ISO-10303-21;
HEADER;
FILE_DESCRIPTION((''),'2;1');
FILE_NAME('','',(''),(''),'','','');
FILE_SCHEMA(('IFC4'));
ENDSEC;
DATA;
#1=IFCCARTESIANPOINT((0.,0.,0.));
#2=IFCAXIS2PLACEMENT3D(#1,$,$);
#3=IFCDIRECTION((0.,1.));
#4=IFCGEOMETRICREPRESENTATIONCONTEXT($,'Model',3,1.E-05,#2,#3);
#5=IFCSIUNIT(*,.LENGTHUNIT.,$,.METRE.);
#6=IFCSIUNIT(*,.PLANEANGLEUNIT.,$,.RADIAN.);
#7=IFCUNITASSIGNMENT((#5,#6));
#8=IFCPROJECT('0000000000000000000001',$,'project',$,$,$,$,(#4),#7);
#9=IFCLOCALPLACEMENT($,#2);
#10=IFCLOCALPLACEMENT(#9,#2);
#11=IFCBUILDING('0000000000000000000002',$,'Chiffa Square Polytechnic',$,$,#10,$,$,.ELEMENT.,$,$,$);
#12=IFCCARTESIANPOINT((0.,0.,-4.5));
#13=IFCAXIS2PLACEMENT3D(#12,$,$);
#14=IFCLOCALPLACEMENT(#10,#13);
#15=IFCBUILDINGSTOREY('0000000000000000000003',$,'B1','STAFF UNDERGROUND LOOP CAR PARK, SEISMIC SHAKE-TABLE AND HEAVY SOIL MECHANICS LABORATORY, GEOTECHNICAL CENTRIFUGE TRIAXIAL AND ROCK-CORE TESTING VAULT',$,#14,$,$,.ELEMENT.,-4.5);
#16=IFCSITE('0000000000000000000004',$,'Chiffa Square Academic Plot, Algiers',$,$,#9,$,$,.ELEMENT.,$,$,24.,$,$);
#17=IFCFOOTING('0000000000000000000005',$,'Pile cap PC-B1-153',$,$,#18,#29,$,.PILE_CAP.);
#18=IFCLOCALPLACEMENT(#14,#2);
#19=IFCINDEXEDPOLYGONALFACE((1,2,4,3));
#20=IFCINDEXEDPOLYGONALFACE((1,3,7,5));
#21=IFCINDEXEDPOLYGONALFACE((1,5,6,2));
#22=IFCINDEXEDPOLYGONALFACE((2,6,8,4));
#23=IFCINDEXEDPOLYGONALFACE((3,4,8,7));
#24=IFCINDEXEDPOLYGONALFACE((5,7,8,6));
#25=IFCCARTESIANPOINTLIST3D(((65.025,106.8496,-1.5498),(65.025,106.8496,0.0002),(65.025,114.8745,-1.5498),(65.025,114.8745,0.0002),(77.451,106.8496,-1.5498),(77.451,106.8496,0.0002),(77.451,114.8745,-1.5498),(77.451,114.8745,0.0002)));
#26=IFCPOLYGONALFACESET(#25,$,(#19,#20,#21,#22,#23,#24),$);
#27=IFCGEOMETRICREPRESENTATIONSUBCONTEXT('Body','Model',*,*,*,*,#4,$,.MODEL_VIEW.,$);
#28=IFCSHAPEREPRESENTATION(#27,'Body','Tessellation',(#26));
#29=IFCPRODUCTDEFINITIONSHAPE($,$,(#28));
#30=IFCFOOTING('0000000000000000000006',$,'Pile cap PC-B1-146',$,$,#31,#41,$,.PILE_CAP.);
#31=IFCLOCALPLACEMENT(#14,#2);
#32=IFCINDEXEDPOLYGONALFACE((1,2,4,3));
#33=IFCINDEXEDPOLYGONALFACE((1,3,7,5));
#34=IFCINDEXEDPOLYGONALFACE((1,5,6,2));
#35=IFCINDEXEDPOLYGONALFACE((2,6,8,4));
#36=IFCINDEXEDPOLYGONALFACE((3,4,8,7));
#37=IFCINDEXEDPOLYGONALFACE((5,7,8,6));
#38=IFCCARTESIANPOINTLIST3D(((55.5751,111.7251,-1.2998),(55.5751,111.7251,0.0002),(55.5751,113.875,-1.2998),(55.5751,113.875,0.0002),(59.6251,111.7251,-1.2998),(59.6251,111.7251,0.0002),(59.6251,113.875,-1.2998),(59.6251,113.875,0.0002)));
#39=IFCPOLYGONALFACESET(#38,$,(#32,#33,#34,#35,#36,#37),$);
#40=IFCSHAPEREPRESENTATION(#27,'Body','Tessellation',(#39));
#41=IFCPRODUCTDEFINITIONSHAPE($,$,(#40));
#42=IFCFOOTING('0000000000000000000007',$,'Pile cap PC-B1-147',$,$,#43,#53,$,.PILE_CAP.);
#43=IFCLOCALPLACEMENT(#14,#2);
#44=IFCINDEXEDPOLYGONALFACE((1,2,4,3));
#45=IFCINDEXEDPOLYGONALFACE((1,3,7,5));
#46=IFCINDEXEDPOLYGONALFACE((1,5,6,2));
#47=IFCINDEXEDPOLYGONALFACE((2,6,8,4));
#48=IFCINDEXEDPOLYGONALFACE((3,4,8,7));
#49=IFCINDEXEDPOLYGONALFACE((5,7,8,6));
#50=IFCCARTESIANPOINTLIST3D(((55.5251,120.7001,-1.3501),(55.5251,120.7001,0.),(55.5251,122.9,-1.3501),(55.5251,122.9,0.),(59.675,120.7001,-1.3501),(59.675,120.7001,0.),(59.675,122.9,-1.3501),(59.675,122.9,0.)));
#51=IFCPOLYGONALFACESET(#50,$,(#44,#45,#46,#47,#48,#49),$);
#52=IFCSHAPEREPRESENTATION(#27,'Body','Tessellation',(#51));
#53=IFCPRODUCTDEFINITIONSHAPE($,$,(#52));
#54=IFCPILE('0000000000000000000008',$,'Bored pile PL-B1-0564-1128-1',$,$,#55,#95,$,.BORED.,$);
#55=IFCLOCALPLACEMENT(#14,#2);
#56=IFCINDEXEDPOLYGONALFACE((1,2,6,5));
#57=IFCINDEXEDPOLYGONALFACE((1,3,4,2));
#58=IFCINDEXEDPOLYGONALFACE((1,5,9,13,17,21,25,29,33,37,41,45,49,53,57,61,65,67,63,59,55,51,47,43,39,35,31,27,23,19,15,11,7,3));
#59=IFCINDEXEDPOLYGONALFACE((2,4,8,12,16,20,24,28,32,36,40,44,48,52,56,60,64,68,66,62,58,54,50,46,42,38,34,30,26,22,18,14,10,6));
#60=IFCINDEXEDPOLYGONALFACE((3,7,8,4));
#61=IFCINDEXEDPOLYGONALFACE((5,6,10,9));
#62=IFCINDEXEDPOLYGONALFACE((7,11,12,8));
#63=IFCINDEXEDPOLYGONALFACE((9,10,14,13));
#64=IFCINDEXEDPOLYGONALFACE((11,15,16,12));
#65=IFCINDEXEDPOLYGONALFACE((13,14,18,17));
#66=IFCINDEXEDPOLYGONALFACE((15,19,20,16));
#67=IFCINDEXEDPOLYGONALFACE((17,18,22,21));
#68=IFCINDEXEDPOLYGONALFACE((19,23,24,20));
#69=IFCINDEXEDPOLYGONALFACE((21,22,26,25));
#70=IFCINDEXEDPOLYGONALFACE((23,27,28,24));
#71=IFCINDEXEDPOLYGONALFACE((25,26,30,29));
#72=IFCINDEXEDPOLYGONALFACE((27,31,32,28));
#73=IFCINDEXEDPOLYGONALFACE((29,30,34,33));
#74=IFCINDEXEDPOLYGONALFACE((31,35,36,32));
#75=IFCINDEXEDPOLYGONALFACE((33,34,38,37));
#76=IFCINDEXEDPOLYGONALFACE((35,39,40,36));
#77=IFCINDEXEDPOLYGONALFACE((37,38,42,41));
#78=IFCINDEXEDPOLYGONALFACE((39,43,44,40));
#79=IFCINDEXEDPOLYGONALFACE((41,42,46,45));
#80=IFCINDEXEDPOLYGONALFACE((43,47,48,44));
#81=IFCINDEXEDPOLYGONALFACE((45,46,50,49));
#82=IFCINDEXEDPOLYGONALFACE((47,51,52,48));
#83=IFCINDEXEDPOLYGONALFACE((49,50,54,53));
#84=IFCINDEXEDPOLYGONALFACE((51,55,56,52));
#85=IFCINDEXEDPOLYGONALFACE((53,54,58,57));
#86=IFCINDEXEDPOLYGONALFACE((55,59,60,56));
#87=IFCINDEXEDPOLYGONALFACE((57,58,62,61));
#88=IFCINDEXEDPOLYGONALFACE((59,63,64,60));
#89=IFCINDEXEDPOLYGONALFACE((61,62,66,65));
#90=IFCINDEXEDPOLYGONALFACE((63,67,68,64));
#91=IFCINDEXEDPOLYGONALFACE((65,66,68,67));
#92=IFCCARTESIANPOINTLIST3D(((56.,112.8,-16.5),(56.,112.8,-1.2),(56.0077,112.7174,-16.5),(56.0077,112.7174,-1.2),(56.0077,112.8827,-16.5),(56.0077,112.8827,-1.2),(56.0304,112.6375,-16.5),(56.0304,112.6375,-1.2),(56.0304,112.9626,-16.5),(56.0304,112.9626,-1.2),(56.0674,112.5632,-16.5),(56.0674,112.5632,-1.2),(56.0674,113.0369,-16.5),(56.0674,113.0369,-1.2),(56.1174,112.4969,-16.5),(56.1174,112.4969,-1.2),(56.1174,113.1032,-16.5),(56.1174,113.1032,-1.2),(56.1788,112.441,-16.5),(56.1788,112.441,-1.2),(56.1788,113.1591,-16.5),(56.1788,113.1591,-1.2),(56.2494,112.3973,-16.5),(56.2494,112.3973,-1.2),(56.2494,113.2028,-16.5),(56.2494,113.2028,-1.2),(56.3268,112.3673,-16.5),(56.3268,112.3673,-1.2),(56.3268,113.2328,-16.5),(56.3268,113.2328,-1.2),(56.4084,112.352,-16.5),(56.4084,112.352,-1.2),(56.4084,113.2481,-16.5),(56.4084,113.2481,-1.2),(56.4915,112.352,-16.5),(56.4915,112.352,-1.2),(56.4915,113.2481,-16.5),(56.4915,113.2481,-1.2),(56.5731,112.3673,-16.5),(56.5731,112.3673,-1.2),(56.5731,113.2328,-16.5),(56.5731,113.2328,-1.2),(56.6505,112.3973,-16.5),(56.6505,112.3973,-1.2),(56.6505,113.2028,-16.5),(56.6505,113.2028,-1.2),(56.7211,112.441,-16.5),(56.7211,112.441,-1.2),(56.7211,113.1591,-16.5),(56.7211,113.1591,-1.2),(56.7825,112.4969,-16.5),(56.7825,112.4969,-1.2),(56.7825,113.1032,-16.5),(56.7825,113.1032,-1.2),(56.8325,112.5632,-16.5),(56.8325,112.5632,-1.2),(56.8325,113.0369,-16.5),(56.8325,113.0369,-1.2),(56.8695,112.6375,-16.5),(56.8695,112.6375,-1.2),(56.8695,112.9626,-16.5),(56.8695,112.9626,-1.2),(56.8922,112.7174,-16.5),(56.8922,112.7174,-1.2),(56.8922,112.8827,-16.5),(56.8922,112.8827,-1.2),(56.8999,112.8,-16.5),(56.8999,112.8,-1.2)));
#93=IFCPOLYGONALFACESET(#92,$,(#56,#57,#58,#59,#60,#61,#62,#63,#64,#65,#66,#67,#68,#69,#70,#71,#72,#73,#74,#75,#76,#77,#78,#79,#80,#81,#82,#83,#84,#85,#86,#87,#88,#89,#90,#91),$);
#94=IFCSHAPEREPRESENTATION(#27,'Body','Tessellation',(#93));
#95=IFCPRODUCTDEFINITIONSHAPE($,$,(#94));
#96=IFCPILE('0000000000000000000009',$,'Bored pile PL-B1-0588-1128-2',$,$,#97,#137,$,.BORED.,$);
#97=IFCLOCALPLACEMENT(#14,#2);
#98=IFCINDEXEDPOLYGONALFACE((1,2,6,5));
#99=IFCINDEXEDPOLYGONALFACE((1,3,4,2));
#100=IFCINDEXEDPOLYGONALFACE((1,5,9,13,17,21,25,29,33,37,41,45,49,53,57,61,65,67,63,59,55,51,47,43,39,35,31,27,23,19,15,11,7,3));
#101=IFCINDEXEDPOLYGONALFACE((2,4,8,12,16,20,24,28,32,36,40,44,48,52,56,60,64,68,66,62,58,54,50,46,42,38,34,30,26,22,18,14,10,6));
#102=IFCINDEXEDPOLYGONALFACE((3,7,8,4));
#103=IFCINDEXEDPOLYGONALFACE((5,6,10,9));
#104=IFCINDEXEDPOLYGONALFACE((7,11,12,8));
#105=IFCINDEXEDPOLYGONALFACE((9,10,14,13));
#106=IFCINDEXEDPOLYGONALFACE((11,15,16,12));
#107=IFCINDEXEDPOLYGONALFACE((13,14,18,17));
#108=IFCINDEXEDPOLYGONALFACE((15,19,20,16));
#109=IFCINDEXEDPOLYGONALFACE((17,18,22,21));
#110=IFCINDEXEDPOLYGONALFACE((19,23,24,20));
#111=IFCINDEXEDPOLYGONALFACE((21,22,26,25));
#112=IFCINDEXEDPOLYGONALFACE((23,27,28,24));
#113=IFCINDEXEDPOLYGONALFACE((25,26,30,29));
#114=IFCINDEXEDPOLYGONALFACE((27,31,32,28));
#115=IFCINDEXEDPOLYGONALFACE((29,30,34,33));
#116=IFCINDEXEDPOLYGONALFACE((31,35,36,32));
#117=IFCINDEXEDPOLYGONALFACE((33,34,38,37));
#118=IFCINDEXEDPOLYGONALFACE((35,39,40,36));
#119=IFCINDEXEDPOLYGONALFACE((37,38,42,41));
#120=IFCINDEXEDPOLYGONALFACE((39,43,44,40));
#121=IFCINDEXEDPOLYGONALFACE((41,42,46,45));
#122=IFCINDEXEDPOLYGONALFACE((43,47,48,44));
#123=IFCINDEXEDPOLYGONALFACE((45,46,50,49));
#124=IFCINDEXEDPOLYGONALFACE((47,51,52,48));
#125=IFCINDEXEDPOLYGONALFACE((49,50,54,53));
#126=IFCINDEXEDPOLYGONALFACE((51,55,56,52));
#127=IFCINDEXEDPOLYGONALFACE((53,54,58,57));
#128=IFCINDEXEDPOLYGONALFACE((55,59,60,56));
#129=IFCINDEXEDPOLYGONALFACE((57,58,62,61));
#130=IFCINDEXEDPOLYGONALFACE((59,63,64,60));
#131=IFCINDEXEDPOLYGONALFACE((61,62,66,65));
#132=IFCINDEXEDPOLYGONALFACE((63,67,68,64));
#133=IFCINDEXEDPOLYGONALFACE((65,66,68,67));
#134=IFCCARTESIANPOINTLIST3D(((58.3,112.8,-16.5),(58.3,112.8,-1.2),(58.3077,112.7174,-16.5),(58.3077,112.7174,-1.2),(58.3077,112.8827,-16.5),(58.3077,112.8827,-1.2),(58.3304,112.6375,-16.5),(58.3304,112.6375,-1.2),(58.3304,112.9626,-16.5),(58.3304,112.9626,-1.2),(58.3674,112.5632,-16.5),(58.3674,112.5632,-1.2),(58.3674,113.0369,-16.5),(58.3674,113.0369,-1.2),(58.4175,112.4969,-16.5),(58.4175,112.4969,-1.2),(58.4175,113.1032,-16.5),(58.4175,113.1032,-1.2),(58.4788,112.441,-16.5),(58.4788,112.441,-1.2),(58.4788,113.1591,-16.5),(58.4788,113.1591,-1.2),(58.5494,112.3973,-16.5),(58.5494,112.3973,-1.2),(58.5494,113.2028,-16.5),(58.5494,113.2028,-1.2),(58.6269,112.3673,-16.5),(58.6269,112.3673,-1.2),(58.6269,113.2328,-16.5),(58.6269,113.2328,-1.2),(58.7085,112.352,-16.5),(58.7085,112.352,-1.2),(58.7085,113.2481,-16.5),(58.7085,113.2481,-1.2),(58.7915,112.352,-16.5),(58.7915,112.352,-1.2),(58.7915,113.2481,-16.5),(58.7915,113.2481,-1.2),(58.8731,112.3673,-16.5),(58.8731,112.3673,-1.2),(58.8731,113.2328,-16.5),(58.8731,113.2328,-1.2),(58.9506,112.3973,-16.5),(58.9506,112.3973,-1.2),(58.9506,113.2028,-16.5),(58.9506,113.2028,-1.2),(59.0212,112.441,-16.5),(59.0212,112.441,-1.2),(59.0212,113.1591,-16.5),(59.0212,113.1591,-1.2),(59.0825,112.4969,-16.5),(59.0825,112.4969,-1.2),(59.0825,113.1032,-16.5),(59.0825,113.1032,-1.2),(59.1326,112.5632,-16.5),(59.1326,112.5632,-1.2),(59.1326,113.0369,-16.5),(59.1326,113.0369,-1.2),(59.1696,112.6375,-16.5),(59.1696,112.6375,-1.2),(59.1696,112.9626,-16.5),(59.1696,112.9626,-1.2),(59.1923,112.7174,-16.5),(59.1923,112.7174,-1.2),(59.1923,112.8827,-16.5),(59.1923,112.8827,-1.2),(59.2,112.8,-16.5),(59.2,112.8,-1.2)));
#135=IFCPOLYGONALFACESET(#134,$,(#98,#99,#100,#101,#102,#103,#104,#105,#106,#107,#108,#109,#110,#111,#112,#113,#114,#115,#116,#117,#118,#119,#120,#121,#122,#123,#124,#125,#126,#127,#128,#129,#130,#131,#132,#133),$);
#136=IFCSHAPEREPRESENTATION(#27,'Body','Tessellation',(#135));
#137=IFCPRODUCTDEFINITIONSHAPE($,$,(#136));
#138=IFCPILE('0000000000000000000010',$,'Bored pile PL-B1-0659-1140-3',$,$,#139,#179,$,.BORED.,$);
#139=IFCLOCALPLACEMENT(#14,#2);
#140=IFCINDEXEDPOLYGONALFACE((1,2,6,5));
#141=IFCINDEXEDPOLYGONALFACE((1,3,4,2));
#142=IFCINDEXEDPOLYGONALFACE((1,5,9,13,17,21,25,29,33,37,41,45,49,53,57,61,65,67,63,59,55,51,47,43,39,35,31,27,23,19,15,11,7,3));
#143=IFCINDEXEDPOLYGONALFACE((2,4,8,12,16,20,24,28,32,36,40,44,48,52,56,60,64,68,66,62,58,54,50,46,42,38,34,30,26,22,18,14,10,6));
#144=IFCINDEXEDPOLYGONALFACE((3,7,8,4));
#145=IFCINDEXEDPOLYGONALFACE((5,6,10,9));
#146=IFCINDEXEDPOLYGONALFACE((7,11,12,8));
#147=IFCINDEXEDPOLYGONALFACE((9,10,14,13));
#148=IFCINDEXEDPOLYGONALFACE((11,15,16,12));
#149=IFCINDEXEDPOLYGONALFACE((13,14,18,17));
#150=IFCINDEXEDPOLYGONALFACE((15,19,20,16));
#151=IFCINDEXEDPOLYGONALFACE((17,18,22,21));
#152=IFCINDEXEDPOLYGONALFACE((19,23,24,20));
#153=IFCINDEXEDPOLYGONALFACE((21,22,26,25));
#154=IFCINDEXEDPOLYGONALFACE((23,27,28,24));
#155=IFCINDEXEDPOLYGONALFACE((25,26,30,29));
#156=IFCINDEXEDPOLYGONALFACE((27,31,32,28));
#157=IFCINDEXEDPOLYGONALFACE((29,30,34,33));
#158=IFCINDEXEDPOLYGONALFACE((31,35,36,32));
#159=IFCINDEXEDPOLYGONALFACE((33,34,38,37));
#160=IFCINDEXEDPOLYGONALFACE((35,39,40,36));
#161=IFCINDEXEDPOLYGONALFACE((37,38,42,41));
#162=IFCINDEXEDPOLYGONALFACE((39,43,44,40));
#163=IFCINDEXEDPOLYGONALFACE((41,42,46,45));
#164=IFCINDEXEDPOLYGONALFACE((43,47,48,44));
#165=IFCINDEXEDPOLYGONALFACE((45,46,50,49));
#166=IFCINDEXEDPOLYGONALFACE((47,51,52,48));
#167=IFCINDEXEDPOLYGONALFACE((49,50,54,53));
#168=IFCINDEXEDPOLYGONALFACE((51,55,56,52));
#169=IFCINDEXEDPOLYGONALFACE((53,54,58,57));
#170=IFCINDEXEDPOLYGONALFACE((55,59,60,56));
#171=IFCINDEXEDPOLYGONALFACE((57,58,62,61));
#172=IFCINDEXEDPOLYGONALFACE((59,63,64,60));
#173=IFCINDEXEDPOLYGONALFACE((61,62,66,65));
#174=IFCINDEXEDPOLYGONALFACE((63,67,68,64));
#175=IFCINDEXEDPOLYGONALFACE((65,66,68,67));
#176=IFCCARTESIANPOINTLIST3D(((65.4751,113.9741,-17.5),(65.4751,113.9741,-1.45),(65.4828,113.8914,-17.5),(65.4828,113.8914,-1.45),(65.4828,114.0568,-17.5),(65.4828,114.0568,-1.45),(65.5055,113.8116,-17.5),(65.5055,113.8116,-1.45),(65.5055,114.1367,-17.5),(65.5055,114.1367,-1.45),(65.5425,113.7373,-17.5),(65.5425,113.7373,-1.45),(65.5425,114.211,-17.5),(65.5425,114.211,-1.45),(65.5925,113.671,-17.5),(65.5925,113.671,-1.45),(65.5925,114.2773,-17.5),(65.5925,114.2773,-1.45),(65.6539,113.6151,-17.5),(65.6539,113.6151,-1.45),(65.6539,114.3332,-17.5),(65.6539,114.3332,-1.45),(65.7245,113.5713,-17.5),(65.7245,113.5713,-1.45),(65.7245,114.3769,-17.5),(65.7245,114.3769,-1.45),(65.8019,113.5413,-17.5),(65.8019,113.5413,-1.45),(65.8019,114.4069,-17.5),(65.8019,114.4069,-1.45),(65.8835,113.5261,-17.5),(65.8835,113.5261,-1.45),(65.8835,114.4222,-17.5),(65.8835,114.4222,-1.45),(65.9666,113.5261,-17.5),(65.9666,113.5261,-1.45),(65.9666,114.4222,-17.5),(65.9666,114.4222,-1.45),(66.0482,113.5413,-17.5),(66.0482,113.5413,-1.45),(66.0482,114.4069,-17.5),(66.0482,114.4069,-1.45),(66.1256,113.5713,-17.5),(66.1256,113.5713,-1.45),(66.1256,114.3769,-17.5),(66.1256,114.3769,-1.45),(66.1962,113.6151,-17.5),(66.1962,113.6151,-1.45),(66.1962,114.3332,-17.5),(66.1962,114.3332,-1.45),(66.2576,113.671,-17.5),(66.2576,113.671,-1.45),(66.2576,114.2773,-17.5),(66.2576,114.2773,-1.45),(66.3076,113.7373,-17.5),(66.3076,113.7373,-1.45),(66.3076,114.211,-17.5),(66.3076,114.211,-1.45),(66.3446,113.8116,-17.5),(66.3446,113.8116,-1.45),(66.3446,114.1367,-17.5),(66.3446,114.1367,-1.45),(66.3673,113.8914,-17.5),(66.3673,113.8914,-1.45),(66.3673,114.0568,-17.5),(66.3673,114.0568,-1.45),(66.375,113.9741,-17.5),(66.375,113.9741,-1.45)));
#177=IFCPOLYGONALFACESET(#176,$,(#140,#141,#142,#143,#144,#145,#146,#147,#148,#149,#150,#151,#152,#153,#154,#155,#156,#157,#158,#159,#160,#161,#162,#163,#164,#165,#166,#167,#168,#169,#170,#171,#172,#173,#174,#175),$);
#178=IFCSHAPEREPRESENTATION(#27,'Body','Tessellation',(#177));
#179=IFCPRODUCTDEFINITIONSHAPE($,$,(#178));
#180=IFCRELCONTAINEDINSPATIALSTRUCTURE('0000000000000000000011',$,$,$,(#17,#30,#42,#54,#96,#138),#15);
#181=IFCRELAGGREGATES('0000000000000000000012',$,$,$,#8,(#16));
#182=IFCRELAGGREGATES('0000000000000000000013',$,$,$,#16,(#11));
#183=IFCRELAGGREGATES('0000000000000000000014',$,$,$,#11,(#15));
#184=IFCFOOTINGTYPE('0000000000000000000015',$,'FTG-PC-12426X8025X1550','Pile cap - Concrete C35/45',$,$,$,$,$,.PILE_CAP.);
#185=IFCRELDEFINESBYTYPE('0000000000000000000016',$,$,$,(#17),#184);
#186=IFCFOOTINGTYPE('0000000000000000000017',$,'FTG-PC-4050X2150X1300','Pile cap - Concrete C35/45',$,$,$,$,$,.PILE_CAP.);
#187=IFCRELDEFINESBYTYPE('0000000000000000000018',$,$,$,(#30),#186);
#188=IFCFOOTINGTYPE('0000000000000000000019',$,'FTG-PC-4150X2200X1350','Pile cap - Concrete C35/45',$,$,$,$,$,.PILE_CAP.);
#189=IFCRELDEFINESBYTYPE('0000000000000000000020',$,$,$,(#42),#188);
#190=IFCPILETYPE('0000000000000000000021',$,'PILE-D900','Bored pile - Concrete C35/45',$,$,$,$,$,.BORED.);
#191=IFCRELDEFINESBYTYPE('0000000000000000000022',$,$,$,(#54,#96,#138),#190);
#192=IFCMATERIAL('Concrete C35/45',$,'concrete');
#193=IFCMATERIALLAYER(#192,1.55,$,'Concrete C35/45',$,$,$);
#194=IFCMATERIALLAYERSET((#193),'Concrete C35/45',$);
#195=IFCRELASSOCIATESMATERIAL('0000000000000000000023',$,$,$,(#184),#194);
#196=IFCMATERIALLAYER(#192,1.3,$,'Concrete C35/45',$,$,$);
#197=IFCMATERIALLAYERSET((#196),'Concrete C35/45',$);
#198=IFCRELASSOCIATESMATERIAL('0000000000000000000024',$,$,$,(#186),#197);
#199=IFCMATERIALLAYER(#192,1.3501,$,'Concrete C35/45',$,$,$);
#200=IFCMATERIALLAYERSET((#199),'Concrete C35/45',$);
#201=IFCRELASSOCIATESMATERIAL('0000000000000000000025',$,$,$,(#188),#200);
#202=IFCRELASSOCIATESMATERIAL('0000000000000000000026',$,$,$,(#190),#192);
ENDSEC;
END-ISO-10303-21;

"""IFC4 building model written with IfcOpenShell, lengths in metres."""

from ifc_helpers import new_model, si_unit, direction, frame, origin, origin_2d, place, context, subcontext, project, spatial, rectangle, circle, extrude, material, layer, layer_set, material_profile, profile_set, type_object, element, save


model = new_model("IFC4")

# Units and contexts
model_context = context("Model", 3, precision=1e-05, world=origin(), true_north=direction((0.0, 1.0)))
body_context = subcontext(model_context, "Body", "Model", "MODEL_VIEW")
ifc_project = project(units=[si_unit("LENGTHUNIT", "METRE"), si_unit("PLANEANGLEUNIT", "RADIAN")], contexts=[model_context])

# Site, building, storey
site_placement = place(None, origin())
site = spatial("IfcSite", under=ifc_project, at=site_placement, Name="Chiffa Square Academic Plot, Algiers", CompositionType="ELEMENT", RefElevation=24.0)
building_placement = place(site_placement, origin())
building = spatial("IfcBuilding", under=site, at=building_placement, Name="Chiffa Square Polytechnic", CompositionType="ELEMENT")
storey_placement = place(building_placement, frame((0.0, 0.0, -4.5)))
storey = spatial("IfcBuildingStorey", under=building, at=storey_placement, Name="B1", Description="STAFF UNDERGROUND LOOP CAR PARK, SEISMIC SHAKE-TABLE AND HEAVY SOIL MECHANICS LABORATORY, GEOTECHNICAL CENTRIFUGE TRIAXIAL AND ROCK-CORE TESTING VAULT", CompositionType="ELEMENT", Elevation=-4.5)

# Footings
ifc_material_1 = material(Name="Concrete C35/45", Category="concrete")
ifc_layer_1 = layer(ifc_material_1, 1.55, Name="Concrete C35/45")
ifc_layer_set_1 = layer_set([ifc_layer_1], Name="Concrete C35/45")
footing_type_1 = type_object("IfcFootingType", Name="FTG-PC-12426X8025X1550", Description="Pile cap - Concrete C35/45", PredefinedType="PILE_CAP", material=ifc_layer_set_1)
footing_1_placement = place(storey_placement, frame((71.238, 110.8621, -1.5498), z_axis=(0.0, 0.0, 1.0), x_axis=(1.0, 0.0, 0.0)))
element("IfcFooting", 1, at=footing_1_placement, inside=storey, type_object=footing_type_1, Name="Pile cap PC-B1-153", PredefinedType="PILE_CAP", context=body_context, shape_type="SweptSolid", body=[
    extrude(rectangle(XDim=12.426, YDim=8.0249, at=origin_2d()), origin(), (0.0, 0.0, 1.0), 1.55),
])
ifc_layer_2 = layer(ifc_material_1, 1.3, Name="Concrete C35/45")
ifc_layer_set_2 = layer_set([ifc_layer_2], Name="Concrete C35/45")
footing_type_2 = type_object("IfcFootingType", Name="FTG-PC-4050X2150X1300", Description="Pile cap - Concrete C35/45", PredefinedType="PILE_CAP", material=ifc_layer_set_2)
footing_2_placement = place(storey_placement, frame((57.6001, 112.8, -1.2998), z_axis=(0.0, 0.0, 1.0), x_axis=(1.0, 0.0, 0.0)))
element("IfcFooting", 2, at=footing_2_placement, inside=storey, type_object=footing_type_2, Name="Pile cap PC-B1-146", PredefinedType="PILE_CAP", context=body_context, shape_type="SweptSolid", body=[
    extrude(rectangle(XDim=4.05, YDim=2.1499, at=origin_2d()), origin(), (0.0, 0.0, 1.0), 1.3),
])
ifc_layer_3 = layer(ifc_material_1, 1.3501, Name="Concrete C35/45")
ifc_layer_set_3 = layer_set([ifc_layer_3], Name="Concrete C35/45")
footing_type_3 = type_object("IfcFootingType", Name="FTG-PC-4150X2200X1350", Description="Pile cap - Concrete C35/45", PredefinedType="PILE_CAP", material=ifc_layer_set_3)
footing_3_placement = place(storey_placement, frame((57.6001, 121.8, -1.3501), z_axis=(0.0, 0.0, 1.0), x_axis=(1.0, 0.0, 0.0)))
element("IfcFooting", 3, at=footing_3_placement, inside=storey, type_object=footing_type_3, Name="Pile cap PC-B1-147", PredefinedType="PILE_CAP", context=body_context, shape_type="SweptSolid", body=[
    extrude(rectangle(XDim=4.1499, YDim=2.2, at=origin_2d()), origin(), (0.0, 0.0, 1.0), 1.3501),
])

# Piles
ifc_material_profile_1 = material_profile(ifc_material_1, circle(Radius=0.45, at=origin_2d()), Name="PILE D900")
ifc_profile_set_1 = profile_set([ifc_material_profile_1], Name="Concrete C35/45")
pile_type = type_object("IfcPileType", Name="PILE-D900", Description="Bored pile - Concrete C35/45", PredefinedType="BORED", material=ifc_profile_set_1)
for number, where, z_axis, x_axis, name in (
    (4, (56.45, 112.8, -1.2), (0.0, 0.0, -1.0), (1.0, 0.0, 0.0), "Bored pile PL-B1-0564-1128-1"),
    (5, (58.75, 112.8, -1.2), (0.0, 0.0, -1.0), (1.0, 0.0, 0.0), "Bored pile PL-B1-0588-1128-2"),
):
    element("IfcPile", number, at=place(storey_placement, frame(where, z_axis=z_axis, x_axis=x_axis)), inside=storey, type_object=pile_type, Name=name, PredefinedType="BORED", context=body_context, shape_type="SweptSolid", body=[
        extrude(circle(Radius=0.45, at=origin_2d()), origin(), (0.0, 0.0, 1.0), 15.3),
    ])
for number, where, z_axis, x_axis, name in (
    (6, (65.925, 113.9741, -1.45), (0.0, 0.0, -1.0), (1.0, 0.0, 0.0), "Bored pile PL-B1-0659-1140-3"),
):
    element("IfcPile", number, at=place(storey_placement, frame(where, z_axis=z_axis, x_axis=x_axis)), inside=storey, type_object=pile_type, Name=name, PredefinedType="BORED", context=body_context, shape_type="SweptSolid", body=[
        extrude(circle(Radius=0.45, at=origin_2d()), origin(), (0.0, 0.0, 1.0), 16.05),
    ])

save(model, "model.ifc")
